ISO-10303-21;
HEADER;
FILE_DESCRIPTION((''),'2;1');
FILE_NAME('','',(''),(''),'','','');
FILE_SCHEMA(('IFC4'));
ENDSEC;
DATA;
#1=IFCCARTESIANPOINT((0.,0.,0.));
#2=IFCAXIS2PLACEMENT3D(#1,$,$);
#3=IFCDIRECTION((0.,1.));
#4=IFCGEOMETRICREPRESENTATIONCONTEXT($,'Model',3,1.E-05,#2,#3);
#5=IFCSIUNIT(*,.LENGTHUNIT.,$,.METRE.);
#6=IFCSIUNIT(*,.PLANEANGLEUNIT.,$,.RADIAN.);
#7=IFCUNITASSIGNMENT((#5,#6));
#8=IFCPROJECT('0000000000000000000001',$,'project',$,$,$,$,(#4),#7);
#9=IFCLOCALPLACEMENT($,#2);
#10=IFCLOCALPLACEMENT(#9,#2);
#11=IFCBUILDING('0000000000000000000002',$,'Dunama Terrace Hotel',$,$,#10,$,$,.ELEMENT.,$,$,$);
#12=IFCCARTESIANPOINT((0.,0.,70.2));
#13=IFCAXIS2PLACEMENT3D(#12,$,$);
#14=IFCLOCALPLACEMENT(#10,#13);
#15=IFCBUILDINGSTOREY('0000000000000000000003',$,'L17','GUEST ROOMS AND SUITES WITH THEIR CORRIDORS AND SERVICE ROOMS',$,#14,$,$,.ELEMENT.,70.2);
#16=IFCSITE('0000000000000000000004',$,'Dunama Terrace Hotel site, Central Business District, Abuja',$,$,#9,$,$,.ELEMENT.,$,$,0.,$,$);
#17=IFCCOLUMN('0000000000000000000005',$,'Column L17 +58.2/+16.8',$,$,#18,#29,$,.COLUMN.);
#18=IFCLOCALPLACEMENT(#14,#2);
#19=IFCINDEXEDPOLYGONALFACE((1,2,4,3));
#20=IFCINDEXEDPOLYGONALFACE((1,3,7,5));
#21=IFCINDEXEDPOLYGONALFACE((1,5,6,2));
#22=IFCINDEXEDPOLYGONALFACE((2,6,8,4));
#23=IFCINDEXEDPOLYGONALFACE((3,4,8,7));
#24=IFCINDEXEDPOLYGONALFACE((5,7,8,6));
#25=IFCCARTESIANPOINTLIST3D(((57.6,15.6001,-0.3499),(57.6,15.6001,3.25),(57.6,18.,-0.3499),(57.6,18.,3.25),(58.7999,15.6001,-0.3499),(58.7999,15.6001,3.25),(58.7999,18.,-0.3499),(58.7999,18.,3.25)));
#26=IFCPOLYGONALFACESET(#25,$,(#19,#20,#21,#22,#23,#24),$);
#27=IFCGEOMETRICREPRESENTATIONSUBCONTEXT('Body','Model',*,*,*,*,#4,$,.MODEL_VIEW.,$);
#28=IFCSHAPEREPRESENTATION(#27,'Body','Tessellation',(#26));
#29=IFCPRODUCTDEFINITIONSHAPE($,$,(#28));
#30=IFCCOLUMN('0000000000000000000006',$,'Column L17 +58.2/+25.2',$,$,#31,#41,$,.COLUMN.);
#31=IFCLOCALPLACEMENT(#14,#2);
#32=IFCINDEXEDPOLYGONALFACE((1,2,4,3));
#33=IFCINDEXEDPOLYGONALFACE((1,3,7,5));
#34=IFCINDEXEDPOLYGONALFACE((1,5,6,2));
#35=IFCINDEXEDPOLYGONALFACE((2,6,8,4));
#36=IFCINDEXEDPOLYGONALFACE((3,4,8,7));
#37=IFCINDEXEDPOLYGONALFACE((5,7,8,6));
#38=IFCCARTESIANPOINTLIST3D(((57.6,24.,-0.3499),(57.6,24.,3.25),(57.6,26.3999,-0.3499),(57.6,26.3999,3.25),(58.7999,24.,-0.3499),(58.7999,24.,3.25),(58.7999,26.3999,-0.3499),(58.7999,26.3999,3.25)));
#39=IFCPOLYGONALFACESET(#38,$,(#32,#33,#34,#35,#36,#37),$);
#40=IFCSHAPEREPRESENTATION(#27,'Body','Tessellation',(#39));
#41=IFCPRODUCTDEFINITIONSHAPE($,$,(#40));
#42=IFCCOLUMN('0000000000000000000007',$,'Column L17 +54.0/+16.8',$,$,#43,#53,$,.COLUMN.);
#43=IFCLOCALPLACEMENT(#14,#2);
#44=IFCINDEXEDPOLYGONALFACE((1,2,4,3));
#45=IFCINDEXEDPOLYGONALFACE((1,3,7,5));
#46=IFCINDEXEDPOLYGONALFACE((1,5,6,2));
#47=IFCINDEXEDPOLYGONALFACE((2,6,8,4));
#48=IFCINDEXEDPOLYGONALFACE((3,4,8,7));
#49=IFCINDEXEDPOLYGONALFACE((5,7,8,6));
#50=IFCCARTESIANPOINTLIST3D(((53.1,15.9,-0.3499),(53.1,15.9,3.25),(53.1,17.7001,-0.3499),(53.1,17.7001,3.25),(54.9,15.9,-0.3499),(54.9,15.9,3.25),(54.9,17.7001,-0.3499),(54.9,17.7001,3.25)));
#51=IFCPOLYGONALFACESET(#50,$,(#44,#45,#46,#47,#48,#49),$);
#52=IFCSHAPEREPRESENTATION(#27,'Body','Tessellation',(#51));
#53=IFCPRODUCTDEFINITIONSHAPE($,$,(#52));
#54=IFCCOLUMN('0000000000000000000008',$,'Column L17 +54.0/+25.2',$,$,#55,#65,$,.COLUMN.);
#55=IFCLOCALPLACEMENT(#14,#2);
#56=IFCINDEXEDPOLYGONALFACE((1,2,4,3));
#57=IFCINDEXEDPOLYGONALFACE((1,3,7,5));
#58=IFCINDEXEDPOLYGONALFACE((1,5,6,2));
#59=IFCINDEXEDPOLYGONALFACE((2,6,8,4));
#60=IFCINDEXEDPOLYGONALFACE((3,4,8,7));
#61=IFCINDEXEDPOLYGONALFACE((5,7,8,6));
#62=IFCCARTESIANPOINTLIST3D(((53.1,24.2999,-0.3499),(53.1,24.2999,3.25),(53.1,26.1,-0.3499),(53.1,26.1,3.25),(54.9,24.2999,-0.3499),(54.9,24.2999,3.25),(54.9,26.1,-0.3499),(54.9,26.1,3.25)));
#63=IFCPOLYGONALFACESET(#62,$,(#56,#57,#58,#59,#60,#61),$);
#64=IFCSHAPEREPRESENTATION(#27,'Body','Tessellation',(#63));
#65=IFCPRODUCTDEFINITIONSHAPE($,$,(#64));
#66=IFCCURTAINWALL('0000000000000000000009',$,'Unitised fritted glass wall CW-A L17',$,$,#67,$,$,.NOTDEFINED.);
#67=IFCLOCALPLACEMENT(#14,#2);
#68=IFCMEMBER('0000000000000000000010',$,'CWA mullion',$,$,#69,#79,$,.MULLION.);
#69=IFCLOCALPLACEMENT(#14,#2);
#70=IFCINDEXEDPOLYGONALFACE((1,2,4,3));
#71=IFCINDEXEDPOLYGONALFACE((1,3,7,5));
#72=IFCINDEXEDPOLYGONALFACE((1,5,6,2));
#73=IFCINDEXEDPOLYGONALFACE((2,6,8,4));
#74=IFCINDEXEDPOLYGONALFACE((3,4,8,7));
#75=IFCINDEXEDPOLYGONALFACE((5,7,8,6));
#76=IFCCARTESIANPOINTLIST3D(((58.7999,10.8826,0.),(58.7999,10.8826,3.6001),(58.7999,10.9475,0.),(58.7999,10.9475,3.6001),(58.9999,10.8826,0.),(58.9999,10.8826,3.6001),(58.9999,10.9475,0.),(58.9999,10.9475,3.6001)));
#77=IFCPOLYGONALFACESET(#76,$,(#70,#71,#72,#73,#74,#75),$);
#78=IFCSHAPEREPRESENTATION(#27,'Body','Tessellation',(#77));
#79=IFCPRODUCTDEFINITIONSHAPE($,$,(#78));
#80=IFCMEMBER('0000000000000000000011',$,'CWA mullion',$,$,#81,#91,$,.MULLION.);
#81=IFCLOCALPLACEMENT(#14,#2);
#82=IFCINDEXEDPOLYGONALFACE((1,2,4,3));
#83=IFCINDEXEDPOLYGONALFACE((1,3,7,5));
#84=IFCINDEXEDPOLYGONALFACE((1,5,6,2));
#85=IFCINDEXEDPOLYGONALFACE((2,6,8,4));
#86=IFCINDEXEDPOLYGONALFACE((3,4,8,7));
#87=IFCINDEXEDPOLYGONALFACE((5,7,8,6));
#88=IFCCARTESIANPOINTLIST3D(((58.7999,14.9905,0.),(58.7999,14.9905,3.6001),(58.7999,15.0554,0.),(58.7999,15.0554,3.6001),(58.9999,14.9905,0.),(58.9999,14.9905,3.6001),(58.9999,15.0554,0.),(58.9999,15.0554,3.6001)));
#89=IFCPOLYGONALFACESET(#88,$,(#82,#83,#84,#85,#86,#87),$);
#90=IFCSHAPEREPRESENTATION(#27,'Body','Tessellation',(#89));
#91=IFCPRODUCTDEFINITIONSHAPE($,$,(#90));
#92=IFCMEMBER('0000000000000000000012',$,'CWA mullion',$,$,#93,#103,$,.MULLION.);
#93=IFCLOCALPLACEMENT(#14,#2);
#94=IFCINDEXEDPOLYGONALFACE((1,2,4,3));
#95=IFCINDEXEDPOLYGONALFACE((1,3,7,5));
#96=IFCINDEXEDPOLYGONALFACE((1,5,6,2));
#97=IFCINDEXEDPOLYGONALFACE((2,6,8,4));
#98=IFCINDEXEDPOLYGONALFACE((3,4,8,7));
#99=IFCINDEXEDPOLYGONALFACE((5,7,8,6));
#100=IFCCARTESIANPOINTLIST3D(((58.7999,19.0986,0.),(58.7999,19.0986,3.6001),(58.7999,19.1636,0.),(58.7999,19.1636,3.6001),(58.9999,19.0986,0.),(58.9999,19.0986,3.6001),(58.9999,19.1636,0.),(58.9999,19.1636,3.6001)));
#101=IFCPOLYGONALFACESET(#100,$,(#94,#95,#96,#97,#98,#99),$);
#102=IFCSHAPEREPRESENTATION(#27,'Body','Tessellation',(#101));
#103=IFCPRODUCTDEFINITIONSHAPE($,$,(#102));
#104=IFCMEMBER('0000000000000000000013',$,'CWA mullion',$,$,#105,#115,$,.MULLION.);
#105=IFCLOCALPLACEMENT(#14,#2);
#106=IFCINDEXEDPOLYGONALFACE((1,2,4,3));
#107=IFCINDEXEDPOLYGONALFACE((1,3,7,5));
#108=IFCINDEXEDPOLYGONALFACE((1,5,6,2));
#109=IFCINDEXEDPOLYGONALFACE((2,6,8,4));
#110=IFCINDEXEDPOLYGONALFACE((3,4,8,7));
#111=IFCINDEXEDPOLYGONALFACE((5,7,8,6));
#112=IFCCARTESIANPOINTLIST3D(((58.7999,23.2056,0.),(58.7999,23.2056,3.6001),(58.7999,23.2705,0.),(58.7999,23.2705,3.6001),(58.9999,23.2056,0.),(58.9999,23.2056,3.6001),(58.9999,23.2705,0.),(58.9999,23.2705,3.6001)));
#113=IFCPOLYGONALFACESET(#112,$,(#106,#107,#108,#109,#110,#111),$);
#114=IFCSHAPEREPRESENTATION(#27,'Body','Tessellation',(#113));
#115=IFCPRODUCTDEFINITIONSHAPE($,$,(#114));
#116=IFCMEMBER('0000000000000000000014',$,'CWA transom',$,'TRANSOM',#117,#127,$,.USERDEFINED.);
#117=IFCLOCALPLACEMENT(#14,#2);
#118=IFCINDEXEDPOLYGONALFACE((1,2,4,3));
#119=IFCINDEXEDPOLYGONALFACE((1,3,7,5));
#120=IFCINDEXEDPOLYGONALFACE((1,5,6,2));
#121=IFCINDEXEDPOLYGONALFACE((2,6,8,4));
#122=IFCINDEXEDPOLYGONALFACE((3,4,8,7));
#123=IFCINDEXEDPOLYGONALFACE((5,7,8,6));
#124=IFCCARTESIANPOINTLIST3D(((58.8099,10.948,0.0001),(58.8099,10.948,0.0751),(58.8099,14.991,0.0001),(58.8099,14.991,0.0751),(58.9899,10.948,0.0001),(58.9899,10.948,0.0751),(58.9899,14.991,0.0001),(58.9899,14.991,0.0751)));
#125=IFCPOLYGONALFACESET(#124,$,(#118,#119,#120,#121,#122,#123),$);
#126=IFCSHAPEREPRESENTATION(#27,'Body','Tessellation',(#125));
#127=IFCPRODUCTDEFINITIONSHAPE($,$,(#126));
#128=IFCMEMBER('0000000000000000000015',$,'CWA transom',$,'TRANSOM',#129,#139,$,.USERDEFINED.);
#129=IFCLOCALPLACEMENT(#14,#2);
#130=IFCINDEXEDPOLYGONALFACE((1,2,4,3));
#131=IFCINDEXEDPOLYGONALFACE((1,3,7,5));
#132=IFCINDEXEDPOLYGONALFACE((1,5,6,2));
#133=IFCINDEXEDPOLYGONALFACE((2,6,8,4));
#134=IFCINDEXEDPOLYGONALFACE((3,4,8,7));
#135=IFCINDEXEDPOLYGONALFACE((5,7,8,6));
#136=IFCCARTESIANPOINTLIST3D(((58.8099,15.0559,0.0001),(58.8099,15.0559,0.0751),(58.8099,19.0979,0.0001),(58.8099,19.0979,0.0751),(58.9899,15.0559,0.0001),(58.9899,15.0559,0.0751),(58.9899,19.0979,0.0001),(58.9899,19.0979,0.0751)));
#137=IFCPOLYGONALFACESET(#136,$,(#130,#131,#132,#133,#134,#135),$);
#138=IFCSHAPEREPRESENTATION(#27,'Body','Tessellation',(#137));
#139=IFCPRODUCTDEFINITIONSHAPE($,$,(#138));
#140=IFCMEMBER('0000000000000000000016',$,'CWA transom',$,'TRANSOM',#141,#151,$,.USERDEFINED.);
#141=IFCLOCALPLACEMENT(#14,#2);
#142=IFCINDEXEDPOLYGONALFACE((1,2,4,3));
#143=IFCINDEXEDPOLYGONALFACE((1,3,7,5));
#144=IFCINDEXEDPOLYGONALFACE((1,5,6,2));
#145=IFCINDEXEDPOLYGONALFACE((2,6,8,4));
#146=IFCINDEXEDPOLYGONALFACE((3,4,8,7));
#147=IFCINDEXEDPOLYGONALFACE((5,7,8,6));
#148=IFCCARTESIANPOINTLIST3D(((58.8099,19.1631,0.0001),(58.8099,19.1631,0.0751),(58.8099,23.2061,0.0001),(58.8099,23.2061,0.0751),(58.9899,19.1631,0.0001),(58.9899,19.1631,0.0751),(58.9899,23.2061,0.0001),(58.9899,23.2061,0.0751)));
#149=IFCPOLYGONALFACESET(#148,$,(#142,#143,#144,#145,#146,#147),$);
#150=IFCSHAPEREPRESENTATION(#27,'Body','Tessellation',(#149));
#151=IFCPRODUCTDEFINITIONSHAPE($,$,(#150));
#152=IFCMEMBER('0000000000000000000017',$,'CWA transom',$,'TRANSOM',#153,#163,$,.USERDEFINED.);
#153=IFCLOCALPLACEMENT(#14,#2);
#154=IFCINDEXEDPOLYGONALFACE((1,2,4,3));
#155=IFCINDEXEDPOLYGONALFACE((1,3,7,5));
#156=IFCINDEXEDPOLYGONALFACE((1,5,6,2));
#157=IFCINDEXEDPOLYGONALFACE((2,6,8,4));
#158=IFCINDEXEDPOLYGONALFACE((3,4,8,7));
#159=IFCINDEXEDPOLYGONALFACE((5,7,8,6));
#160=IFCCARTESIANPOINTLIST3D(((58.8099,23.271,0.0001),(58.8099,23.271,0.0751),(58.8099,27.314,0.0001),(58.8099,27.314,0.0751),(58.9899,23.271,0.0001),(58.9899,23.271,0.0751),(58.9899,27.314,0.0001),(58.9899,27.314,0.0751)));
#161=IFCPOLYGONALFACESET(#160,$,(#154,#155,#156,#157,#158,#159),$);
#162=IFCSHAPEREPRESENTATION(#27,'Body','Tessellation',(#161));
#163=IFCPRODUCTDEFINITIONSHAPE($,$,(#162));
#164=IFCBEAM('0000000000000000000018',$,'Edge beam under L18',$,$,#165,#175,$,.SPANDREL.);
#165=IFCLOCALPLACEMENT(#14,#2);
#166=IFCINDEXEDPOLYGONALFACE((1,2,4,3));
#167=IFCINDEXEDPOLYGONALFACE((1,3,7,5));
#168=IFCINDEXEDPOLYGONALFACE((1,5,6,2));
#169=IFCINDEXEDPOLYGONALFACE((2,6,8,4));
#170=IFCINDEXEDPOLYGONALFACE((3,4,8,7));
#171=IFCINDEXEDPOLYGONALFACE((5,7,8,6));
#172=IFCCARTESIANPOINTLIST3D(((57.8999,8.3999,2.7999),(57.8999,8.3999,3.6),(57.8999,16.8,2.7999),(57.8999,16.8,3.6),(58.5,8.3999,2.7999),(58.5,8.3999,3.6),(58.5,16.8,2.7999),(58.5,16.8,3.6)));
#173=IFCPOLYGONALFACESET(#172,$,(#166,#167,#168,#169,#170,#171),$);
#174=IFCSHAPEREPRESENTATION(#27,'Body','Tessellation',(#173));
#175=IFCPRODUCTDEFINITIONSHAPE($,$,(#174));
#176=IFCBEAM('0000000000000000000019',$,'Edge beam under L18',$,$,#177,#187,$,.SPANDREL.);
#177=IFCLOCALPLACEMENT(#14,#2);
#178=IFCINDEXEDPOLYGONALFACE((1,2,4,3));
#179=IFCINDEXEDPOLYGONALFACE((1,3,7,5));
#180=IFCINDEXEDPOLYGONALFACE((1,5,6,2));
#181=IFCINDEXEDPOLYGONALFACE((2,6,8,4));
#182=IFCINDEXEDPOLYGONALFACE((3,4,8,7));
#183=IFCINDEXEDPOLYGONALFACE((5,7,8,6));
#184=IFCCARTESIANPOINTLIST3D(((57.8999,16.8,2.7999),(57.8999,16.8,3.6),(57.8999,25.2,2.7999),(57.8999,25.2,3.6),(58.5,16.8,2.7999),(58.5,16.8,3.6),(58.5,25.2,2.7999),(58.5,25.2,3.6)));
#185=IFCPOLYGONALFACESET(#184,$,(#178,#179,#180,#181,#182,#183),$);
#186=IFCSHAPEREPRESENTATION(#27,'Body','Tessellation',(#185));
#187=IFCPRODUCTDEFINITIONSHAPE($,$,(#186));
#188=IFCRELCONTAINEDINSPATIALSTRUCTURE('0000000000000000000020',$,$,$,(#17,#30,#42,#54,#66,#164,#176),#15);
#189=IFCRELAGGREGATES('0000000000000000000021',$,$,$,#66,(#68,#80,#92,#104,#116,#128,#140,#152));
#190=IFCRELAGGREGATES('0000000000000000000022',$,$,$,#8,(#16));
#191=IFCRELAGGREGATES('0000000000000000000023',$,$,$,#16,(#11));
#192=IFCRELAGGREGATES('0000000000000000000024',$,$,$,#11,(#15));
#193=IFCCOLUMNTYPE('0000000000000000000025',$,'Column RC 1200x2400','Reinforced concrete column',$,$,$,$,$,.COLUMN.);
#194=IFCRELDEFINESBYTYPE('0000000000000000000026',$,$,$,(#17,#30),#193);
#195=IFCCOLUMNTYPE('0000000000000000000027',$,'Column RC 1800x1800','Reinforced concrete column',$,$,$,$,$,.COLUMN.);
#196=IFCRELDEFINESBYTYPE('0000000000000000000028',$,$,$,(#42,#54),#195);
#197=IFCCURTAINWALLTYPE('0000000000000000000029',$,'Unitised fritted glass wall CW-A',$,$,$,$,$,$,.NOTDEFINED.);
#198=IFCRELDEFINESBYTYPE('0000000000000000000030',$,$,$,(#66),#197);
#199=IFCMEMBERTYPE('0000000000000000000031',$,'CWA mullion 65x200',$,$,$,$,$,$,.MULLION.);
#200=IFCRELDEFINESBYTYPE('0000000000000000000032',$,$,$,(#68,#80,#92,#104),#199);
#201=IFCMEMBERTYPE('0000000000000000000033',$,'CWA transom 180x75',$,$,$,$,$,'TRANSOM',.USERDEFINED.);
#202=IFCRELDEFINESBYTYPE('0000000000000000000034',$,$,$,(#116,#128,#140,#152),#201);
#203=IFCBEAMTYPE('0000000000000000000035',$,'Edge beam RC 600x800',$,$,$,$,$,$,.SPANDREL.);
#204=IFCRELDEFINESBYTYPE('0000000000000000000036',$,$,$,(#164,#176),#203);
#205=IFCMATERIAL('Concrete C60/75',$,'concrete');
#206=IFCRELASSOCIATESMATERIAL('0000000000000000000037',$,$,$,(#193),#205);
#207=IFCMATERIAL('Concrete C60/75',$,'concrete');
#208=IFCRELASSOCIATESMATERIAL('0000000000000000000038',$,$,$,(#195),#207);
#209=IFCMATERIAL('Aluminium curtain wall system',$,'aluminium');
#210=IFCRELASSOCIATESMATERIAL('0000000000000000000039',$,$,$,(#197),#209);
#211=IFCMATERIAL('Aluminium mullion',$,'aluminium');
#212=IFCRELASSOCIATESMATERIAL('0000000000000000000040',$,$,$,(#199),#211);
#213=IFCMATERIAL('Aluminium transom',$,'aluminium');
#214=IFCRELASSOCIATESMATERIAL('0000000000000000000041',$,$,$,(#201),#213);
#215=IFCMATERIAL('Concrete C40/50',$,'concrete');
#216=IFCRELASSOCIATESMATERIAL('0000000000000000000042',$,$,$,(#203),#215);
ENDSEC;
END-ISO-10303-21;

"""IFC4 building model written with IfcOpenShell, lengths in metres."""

from ifc_helpers import new_model, si_unit, direction, frame, origin, origin_2d, place, context, subcontext, project, spatial, rectangle, extrude, material, material_profile, profile_set, type_object, element, aggregate, save


model = new_model("IFC4")

# Units and contexts
model_context = context("Model", 3, precision=1e-05, world=origin(), true_north=direction((0.0, 1.0)))
body_context = subcontext(model_context, "Body", "Model", "MODEL_VIEW")
ifc_project = project(units=[si_unit("LENGTHUNIT", "METRE"), si_unit("PLANEANGLEUNIT", "RADIAN")], contexts=[model_context])

# Site, building, storey
site_placement = place(None, origin())
site = spatial("IfcSite", under=ifc_project, at=site_placement, Name="Dunama Terrace Hotel site, Central Business District, Abuja", CompositionType="ELEMENT", RefElevation=0.0)
building_placement = place(site_placement, origin())
building = spatial("IfcBuilding", under=site, at=building_placement, Name="Dunama Terrace Hotel", CompositionType="ELEMENT")
storey_placement = place(building_placement, frame((0.0, 0.0, 70.2)))
storey = spatial("IfcBuildingStorey", under=building, at=storey_placement, Name="L17", Description="GUEST ROOMS AND SUITES WITH THEIR CORRIDORS AND SERVICE ROOMS", CompositionType="ELEMENT", Elevation=70.2)

# Columns
ifc_material_1 = material(Name="Concrete C60/75", Category="concrete")
ifc_material_profile_1 = material_profile(ifc_material_1, rectangle(XDim=1.2, YDim=2.3999, at=origin_2d()), Name="RC 1200x2400")
ifc_profile_set_1 = profile_set([ifc_material_profile_1], Name="Concrete C60/75")
column_type_1 = type_object("IfcColumnType", Name="Column RC 1200x2400", Description="Reinforced concrete column", PredefinedType="COLUMN", material=ifc_profile_set_1)
for number, where, z_axis, x_axis, name in (
    (1, (58.2, 16.8, -0.3499), (0.0, 0.0, 1.0), (1.0, 0.0, 0.0), "Column L17 +58.2/+16.8"),
    (2, (58.2, 25.2, -0.3499), (0.0, 0.0, 1.0), (1.0, 0.0, 0.0), "Column L17 +58.2/+25.2"),
):
    element("IfcColumn", number, at=place(storey_placement, frame(where, z_axis=z_axis, x_axis=x_axis)), inside=storey, type_object=column_type_1, Name=name, PredefinedType="COLUMN", context=body_context, shape_type="SweptSolid", body=[
        extrude(rectangle(XDim=1.2, YDim=2.3999, at=origin_2d()), origin(), (0.0, 0.0, 1.0), 3.5999),
    ])
ifc_material_2 = material(Name="Concrete C60/75", Category="concrete")
ifc_material_profile_2 = material_profile(ifc_material_2, rectangle(XDim=1.8, YDim=1.8, at=origin_2d()), Name="RC 1800x1800")
ifc_profile_set_2 = profile_set([ifc_material_profile_2], Name="Concrete C60/75")
column_type_2 = type_object("IfcColumnType", Name="Column RC 1800x1800", Description="Reinforced concrete column", PredefinedType="COLUMN", material=ifc_profile_set_2)
for number, where, z_axis, x_axis, name in (
    (3, (54.0, 16.8, -0.3499), (0.0, 0.0, 1.0), (1.0, 0.0, 0.0), "Column L17 +54.0/+16.8"),
    (4, (54.0, 25.2, -0.3499), (0.0, 0.0, 1.0), (1.0, 0.0, 0.0), "Column L17 +54.0/+25.2"),
):
    element("IfcColumn", number, at=place(storey_placement, frame(where, z_axis=z_axis, x_axis=x_axis)), inside=storey, type_object=column_type_2, Name=name, PredefinedType="COLUMN", context=body_context, shape_type="SweptSolid", body=[
        extrude(rectangle(XDim=1.8, YDim=1.8, at=origin_2d()), origin(), (0.0, 0.0, 1.0), 3.5999),
    ])

# Curtain wall, members
ifc_material_3 = material(Name="Aluminium curtain wall system", Category="aluminium")
curtain_wall_type = type_object("IfcCurtainWallType", Name="Unitised fritted glass wall CW-A", PredefinedType="NOTDEFINED", material=ifc_material_3)
curtain_wall_placement = place(storey_placement, origin())
curtain_wall = element("IfcCurtainWall", 5, at=curtain_wall_placement, inside=storey, type_object=curtain_wall_type, Name="Unitised fritted glass wall CW-A L17", PredefinedType="NOTDEFINED")
ifc_material_4 = material(Name="Aluminium mullion", Category="aluminium")
ifc_material_profile_3 = material_profile(ifc_material_4, rectangle(XDim=0.0649, YDim=0.2, at=origin_2d()), Name="CWA MULLION 65X200")
ifc_profile_set_3 = profile_set([ifc_material_profile_3], Name="Aluminium mullion")
member_type_1 = type_object("IfcMemberType", Name="CWA mullion 65x200", PredefinedType="MULLION", material=ifc_profile_set_3)
member_1_placement = place(storey_placement, frame((58.8999, 10.915, 0.0), z_axis=(0.0, 0.0, 1.0), x_axis=(0.0, 1.0, 0.0)))
member_1 = element("IfcMember", 6, at=member_1_placement, type_object=member_type_1, Name="CWA mullion", PredefinedType="MULLION", context=body_context, shape_type="SweptSolid", body=[
    extrude(rectangle(XDim=0.0649, YDim=0.2, at=origin_2d()), origin(), (0.0, 0.0, 1.0), 3.6001),
])
member_2_placement = place(storey_placement, frame((58.8999, 15.0229, 0.0), z_axis=(0.0, 0.0, 1.0), x_axis=(0.0, 1.0, 0.0)))
member_2 = element("IfcMember", 7, at=member_2_placement, type_object=member_type_1, Name="CWA mullion", PredefinedType="MULLION", context=body_context, shape_type="SweptSolid", body=[
    extrude(rectangle(XDim=0.0649, YDim=0.2, at=origin_2d()), origin(), (0.0, 0.0, 1.0), 3.6001),
])
member_3_placement = place(storey_placement, frame((58.8999, 19.1311, 0.0), z_axis=(0.0, 0.0, 1.0), x_axis=(0.0, 1.0, 0.0)))
member_3 = element("IfcMember", 8, at=member_3_placement, type_object=member_type_1, Name="CWA mullion", PredefinedType="MULLION", context=body_context, shape_type="SweptSolid", body=[
    extrude(rectangle(XDim=0.0649, YDim=0.2, at=origin_2d()), origin(), (0.0, 0.0, 1.0), 3.6001),
])
member_4_placement = place(storey_placement, frame((58.8999, 23.238, 0.0), z_axis=(0.0, 0.0, 1.0), x_axis=(0.0, 1.0, 0.0)))
member_4 = element("IfcMember", 9, at=member_4_placement, type_object=member_type_1, Name="CWA mullion", PredefinedType="MULLION", context=body_context, shape_type="SweptSolid", body=[
    extrude(rectangle(XDim=0.0649, YDim=0.2, at=origin_2d()), origin(), (0.0, 0.0, 1.0), 3.6001),
])
ifc_material_5 = material(Name="Aluminium transom", Category="aluminium")
ifc_material_profile_4 = material_profile(ifc_material_5, rectangle(XDim=0.1799, YDim=0.075, at=origin_2d()), Name="CWA TRANSOM 180X75")
ifc_profile_set_4 = profile_set([ifc_material_profile_4], Name="Aluminium transom")
member_type_2 = type_object("IfcMemberType", Name="CWA transom 180x75", ElementType="TRANSOM", PredefinedType="USERDEFINED", material=ifc_profile_set_4)
member_5_placement = place(storey_placement, frame((58.8999, 10.948, 0.0376), z_axis=(0.0, 1.0, 0.0), x_axis=(-1.0, 0.0, 0.0)))
member_5 = element("IfcMember", 10, at=member_5_placement, type_object=member_type_2, Name="CWA transom", ObjectType="TRANSOM", PredefinedType="USERDEFINED", context=body_context, shape_type="SweptSolid", body=[
    extrude(rectangle(XDim=0.1799, YDim=0.075, at=origin_2d()), origin(), (0.0, 0.0, 1.0), 4.043),
])
member_6_placement = place(storey_placement, frame((58.8999, 15.0559, 0.0376), z_axis=(0.0, 1.0, 0.0), x_axis=(-1.0, 0.0, 0.0)))
member_6 = element("IfcMember", 11, at=member_6_placement, type_object=member_type_2, Name="CWA transom", ObjectType="TRANSOM", PredefinedType="USERDEFINED", context=body_context, shape_type="SweptSolid", body=[
    extrude(rectangle(XDim=0.1799, YDim=0.075, at=origin_2d()), origin(), (0.0, 0.0, 1.0), 4.042),
])
member_7_placement = place(storey_placement, frame((58.8999, 19.1631, 0.0376), z_axis=(0.0, 1.0, 0.0), x_axis=(-1.0, 0.0, 0.0)))
member_7 = element("IfcMember", 12, at=member_7_placement, type_object=member_type_2, Name="CWA transom", ObjectType="TRANSOM", PredefinedType="USERDEFINED", context=body_context, shape_type="SweptSolid", body=[
    extrude(rectangle(XDim=0.1799, YDim=0.075, at=origin_2d()), origin(), (0.0, 0.0, 1.0), 4.043),
])
member_8_placement = place(storey_placement, frame((58.8999, 23.271, 0.0376), z_axis=(0.0, 1.0, 0.0), x_axis=(-1.0, 0.0, 0.0)))
member_8 = element("IfcMember", 13, at=member_8_placement, type_object=member_type_2, Name="CWA transom", ObjectType="TRANSOM", PredefinedType="USERDEFINED", context=body_context, shape_type="SweptSolid", body=[
    extrude(rectangle(XDim=0.1799, YDim=0.075, at=origin_2d()), origin(), (0.0, 0.0, 1.0), 4.043),
])

# Beams
ifc_material_6 = material(Name="Concrete C40/50", Category="concrete")
ifc_material_profile_5 = material_profile(ifc_material_6, rectangle(XDim=0.6001, YDim=0.8, at=origin_2d()), Name="RC 600x800")
ifc_profile_set_5 = profile_set([ifc_material_profile_5], Name="Concrete C40/50")
beam_type = type_object("IfcBeamType", Name="Edge beam RC 600x800", PredefinedType="SPANDREL", material=ifc_profile_set_5)
beam_1_placement = place(storey_placement, frame((58.2, 8.3999, 3.2), z_axis=(0.0, 1.0, 0.0), x_axis=(-1.0, 0.0, 0.0)))
element("IfcBeam", 14, at=beam_1_placement, inside=storey, type_object=beam_type, Name="Edge beam under L18", PredefinedType="SPANDREL", context=body_context, shape_type="SweptSolid", body=[
    extrude(rectangle(XDim=0.6001, YDim=0.8, at=origin_2d()), origin(), (0.0, 0.0, 1.0), 8.4001),
])
beam_2_placement = place(storey_placement, frame((58.2, 16.8, 3.2), z_axis=(0.0, 1.0, 0.0), x_axis=(-1.0, 0.0, 0.0)))
element("IfcBeam", 15, at=beam_2_placement, inside=storey, type_object=beam_type, Name="Edge beam under L18", PredefinedType="SPANDREL", context=body_context, shape_type="SweptSolid", body=[
    extrude(rectangle(XDim=0.6001, YDim=0.8, at=origin_2d()), origin(), (0.0, 0.0, 1.0), 8.3999),
])

aggregate(curtain_wall, [member_1, member_2, member_3, member_4, member_5, member_6, member_7, member_8])

save(model, "model.ifc")
